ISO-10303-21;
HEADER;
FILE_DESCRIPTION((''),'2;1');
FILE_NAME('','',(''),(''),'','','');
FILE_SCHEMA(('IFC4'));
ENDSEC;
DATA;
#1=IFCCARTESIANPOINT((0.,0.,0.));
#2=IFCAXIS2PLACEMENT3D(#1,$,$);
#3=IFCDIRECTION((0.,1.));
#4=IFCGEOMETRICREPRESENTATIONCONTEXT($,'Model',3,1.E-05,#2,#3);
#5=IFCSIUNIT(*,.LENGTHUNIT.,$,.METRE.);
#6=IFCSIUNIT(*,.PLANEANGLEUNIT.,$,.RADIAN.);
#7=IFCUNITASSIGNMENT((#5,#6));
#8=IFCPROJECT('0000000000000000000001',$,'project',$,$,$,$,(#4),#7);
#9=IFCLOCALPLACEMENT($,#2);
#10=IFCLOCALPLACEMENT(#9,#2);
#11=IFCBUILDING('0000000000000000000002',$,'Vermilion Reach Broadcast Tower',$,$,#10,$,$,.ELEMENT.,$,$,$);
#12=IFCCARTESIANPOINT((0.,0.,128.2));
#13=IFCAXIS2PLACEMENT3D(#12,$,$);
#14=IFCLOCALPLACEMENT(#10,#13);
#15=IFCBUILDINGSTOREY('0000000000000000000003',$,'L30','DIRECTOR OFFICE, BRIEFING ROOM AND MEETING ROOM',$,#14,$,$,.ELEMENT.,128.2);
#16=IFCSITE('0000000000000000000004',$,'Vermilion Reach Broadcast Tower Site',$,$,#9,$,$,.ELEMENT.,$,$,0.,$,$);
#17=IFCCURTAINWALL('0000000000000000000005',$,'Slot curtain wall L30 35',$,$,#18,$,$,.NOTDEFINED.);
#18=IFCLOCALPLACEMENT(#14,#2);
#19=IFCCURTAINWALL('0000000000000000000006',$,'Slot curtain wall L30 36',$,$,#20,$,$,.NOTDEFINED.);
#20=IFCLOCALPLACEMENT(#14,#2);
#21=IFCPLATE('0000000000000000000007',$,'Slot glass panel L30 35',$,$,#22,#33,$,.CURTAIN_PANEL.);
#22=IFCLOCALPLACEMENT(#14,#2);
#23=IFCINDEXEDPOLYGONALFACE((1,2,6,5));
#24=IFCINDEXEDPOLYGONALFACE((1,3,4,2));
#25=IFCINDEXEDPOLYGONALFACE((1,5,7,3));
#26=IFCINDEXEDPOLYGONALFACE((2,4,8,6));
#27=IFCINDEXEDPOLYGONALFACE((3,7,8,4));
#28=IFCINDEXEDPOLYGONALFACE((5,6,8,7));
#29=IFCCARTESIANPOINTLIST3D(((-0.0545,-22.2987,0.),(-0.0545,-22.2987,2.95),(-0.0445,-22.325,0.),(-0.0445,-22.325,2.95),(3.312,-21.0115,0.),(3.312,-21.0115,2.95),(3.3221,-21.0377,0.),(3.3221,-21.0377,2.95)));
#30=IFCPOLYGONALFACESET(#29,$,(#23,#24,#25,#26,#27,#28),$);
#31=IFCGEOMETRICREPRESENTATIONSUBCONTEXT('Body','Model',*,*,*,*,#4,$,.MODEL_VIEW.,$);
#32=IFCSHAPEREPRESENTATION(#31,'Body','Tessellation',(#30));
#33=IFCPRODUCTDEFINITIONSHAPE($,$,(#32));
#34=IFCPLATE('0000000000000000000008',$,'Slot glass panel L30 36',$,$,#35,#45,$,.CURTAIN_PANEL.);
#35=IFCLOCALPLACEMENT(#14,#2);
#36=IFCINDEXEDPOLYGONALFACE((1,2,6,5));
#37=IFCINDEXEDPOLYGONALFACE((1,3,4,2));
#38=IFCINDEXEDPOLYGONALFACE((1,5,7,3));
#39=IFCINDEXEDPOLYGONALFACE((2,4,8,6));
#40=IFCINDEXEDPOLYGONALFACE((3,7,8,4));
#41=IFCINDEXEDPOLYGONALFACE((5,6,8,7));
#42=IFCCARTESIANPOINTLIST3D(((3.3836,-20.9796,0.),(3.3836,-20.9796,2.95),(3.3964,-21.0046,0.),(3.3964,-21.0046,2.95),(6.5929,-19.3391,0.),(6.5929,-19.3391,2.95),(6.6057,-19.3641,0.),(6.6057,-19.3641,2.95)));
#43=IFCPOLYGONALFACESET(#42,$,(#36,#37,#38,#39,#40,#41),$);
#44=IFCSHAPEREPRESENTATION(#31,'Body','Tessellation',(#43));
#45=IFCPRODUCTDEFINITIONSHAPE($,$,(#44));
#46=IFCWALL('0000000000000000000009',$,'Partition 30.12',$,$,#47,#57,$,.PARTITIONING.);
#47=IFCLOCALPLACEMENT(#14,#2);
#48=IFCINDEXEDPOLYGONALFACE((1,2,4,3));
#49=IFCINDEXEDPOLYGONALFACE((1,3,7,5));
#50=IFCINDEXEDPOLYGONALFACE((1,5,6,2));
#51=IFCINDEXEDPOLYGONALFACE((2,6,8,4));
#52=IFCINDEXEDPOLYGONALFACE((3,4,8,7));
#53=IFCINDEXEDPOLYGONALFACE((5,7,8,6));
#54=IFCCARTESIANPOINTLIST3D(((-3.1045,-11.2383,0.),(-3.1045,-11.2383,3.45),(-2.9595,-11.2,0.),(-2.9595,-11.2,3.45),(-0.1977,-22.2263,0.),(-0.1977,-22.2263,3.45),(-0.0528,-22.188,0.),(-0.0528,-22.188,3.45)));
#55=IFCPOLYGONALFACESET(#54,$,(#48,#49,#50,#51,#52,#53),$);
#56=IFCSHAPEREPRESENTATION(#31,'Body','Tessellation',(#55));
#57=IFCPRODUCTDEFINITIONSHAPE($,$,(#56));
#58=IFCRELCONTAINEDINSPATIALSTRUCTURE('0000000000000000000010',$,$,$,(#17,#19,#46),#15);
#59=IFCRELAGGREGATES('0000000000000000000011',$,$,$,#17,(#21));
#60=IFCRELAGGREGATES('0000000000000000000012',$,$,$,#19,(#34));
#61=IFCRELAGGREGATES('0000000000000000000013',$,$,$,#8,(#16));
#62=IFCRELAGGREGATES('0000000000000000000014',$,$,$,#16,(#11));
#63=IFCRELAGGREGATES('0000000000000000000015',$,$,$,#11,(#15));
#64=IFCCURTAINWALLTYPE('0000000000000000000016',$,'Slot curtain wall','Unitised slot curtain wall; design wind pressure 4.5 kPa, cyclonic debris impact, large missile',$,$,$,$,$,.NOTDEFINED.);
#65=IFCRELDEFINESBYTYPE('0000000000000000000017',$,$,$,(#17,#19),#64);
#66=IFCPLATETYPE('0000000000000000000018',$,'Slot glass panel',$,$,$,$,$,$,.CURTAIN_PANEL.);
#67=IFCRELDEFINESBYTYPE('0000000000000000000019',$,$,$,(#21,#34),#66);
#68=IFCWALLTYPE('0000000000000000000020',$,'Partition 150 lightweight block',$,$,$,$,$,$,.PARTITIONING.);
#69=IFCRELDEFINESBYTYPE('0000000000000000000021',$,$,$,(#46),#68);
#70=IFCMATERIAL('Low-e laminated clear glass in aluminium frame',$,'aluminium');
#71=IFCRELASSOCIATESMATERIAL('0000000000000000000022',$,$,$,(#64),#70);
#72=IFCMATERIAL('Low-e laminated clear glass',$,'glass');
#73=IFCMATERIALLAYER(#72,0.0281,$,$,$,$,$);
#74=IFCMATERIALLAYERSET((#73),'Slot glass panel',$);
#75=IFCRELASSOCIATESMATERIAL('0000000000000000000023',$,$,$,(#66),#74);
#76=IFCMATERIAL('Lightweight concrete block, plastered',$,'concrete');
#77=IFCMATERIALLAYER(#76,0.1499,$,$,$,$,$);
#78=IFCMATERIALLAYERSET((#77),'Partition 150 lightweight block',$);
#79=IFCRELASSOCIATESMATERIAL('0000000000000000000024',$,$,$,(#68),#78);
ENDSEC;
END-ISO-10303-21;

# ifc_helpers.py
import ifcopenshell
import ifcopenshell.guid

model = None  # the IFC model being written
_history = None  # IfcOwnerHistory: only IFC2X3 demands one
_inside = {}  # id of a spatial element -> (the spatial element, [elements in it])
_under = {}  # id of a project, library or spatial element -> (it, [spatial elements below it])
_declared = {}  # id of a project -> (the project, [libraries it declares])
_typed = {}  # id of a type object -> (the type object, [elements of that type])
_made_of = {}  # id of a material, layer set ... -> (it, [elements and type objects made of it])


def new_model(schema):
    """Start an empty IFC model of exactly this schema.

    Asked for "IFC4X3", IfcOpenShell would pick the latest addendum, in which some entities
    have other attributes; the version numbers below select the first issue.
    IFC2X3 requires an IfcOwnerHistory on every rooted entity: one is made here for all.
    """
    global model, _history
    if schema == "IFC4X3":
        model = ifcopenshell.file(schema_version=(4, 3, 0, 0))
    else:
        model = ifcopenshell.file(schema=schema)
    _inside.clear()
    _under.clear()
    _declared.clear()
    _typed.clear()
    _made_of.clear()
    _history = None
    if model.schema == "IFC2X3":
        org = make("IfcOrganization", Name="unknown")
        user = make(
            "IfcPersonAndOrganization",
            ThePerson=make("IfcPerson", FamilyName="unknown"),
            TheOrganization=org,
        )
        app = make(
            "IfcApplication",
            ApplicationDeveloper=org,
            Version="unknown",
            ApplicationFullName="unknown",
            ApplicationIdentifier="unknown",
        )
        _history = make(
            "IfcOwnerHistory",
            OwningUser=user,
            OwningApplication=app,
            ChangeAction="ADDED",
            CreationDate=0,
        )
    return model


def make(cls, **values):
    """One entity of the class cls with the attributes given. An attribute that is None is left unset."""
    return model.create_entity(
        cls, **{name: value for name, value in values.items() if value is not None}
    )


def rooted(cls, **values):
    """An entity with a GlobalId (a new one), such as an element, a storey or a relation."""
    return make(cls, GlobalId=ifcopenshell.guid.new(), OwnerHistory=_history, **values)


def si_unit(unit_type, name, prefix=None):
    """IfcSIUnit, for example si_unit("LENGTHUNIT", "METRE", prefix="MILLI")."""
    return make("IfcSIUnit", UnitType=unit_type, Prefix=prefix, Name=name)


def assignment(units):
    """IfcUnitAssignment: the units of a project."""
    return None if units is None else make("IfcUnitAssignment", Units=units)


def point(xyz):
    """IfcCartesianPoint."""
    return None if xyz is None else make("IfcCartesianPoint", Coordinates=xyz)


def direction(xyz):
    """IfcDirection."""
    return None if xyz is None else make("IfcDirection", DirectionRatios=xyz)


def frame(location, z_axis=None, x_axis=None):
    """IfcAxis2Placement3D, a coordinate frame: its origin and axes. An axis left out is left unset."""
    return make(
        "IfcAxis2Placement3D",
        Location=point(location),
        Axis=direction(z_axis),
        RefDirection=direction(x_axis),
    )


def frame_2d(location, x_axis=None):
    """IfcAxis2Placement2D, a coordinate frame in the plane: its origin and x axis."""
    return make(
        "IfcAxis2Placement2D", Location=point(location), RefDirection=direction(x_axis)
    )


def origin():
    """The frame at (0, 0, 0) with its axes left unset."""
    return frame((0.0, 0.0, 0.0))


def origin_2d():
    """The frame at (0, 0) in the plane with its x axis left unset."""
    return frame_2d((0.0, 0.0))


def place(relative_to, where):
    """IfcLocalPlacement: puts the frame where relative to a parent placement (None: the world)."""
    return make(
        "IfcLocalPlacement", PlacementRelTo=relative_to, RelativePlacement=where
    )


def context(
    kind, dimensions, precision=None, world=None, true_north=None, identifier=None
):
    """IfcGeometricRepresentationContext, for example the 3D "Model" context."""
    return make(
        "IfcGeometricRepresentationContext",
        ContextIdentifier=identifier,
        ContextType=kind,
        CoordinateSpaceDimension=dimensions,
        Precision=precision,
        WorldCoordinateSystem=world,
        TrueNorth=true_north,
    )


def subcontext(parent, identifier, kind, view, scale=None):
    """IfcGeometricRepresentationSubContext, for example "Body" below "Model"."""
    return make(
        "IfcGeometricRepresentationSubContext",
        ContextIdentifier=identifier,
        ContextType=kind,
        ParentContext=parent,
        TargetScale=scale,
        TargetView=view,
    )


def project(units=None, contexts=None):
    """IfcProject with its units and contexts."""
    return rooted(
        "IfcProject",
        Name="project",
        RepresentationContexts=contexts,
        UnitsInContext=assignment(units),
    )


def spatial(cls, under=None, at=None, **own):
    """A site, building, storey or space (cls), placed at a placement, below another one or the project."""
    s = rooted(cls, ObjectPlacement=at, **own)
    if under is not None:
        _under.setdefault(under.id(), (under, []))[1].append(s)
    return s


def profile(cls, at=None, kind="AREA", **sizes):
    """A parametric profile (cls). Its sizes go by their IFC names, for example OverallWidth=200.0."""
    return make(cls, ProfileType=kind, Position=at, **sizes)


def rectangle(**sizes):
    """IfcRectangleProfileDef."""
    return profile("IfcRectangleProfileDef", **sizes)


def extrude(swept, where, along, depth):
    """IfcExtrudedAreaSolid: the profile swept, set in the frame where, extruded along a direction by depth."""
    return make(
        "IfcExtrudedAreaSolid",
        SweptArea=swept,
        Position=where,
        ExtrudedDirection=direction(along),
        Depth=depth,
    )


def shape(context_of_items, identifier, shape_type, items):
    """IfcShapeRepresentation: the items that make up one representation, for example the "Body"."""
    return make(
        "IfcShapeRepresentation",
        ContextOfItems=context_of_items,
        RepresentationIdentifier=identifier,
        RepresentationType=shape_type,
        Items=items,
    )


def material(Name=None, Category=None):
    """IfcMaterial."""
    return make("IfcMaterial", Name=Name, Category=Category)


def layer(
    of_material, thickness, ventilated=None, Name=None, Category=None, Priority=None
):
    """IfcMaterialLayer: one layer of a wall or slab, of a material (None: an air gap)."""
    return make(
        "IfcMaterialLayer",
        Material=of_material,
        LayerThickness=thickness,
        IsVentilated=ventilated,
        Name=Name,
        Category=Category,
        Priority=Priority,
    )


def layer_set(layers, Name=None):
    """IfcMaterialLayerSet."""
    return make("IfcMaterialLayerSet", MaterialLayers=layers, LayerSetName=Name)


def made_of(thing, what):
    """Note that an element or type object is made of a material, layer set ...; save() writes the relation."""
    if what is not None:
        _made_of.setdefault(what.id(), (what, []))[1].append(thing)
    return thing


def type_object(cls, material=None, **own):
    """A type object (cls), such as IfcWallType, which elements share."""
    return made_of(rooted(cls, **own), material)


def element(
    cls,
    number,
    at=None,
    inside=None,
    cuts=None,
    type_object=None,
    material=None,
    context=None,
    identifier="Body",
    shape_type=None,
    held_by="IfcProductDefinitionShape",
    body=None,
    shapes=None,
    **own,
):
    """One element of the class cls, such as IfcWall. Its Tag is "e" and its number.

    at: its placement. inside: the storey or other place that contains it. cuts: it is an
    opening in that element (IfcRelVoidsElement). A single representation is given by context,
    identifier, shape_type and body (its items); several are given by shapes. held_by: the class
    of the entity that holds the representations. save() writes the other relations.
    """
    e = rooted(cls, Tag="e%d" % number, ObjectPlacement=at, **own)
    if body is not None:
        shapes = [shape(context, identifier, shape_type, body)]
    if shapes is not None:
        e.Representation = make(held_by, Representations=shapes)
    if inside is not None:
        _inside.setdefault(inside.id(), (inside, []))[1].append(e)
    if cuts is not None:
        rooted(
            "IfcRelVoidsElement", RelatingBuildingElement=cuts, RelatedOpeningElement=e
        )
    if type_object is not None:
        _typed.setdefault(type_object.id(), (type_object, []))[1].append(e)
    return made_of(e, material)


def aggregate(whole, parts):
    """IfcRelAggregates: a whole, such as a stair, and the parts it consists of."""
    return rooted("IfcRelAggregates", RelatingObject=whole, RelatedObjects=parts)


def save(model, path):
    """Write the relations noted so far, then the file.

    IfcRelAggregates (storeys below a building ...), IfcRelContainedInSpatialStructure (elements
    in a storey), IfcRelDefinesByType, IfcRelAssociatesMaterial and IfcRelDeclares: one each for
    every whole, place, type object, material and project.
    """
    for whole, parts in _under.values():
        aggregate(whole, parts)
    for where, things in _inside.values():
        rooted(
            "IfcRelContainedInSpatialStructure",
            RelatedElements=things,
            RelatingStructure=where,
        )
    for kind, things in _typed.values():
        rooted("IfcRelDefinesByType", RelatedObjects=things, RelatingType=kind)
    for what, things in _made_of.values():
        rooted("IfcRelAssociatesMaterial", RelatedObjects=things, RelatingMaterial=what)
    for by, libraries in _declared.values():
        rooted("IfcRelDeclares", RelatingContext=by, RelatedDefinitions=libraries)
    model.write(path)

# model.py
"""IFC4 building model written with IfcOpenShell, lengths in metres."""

from ifc_helpers import new_model, si_unit, direction, frame, frame_2d, origin, origin_2d, place, context, subcontext, project, spatial, rectangle, extrude, material, layer, layer_set, type_object, element, aggregate, save


model = new_model("IFC4")

# Units and contexts
model_context = context("Model", 3, precision=1e-05, world=origin(), true_north=direction((0.0, 1.0)))
body_context = subcontext(model_context, "Body", "Model", "MODEL_VIEW")
ifc_project = project(units=[si_unit("LENGTHUNIT", "METRE"), si_unit("PLANEANGLEUNIT", "RADIAN")], contexts=[model_context])

# Site, building, storey
site_placement = place(None, origin())
site = spatial("IfcSite", under=ifc_project, at=site_placement, Name="Vermilion Reach Broadcast Tower Site", CompositionType="ELEMENT", RefElevation=0.0)
building_placement = place(site_placement, origin())
building = spatial("IfcBuilding", under=site, at=building_placement, Name="Vermilion Reach Broadcast Tower", CompositionType="ELEMENT")
storey_placement = place(building_placement, frame((0.0, 0.0, 128.2)))
storey = spatial("IfcBuildingStorey", under=building, at=storey_placement, Name="L30", Description="DIRECTOR OFFICE, BRIEFING ROOM AND MEETING ROOM", CompositionType="ELEMENT", Elevation=128.2)

# Curtain walls
ifc_material_1 = material(Name="Low-e laminated clear glass in aluminium frame", Category="aluminium")
curtain_wall_type = type_object("IfcCurtainWallType", Name="Slot curtain wall", Description="Unitised slot curtain wall; design wind pressure 4.5 kPa, cyclonic debris impact, large missile", PredefinedType="NOTDEFINED", material=ifc_material_1)
placement = place(storey_placement, origin())
curtain_wall_1 = element("IfcCurtainWall", 1, at=placement, inside=storey, type_object=curtain_wall_type, Name="Slot curtain wall L30 35", PredefinedType="NOTDEFINED")
curtain_wall_2 = element("IfcCurtainWall", 2, at=placement, inside=storey, type_object=curtain_wall_type, Name="Slot curtain wall L30 36", PredefinedType="NOTDEFINED")

# Plates
ifc_material_2 = material(Name="Low-e laminated clear glass", Category="glass")
ifc_layer_1 = layer(ifc_material_2, 0.0281)
ifc_layer_set_1 = layer_set([ifc_layer_1], Name="Slot glass panel")
plate_type = type_object("IfcPlateType", Name="Slot glass panel", PredefinedType="CURTAIN_PANEL", material=ifc_layer_set_1)
plate_1_placement = place(storey_placement, frame((1.6338, -21.6682, 0.0), z_axis=(0.0, 0.0, 1.0), x_axis=(0.934044, 0.357157, 0.0)))
plate_1 = element("IfcPlate", 3, at=plate_1_placement, type_object=plate_type, Name="Slot glass panel L30 35", PredefinedType="CURTAIN_PANEL", context=body_context, shape_type="SweptSolid", body=[
    extrude(rectangle(XDim=3.6042, YDim=0.0281, at=origin_2d()), origin(), (0.0, 0.0, 1.0), 2.95),
])
aggregate(curtain_wall_1, [plate_1])
plate_2_placement = place(storey_placement, frame((4.9946, -20.1719, 0.0), z_axis=(0.0, 0.0, 1.0), x_axis=(0.890417, 0.455146, 0.0)))
plate_2 = element("IfcPlate", 4, at=plate_2_placement, type_object=plate_type, Name="Slot glass panel L30 36", PredefinedType="CURTAIN_PANEL", context=body_context, shape_type="SweptSolid", body=[
    extrude(rectangle(XDim=3.6042, YDim=0.0281, at=origin_2d()), origin(), (0.0, 0.0, 1.0), 2.95),
])
aggregate(curtain_wall_2, [plate_2])

# Wall
ifc_material_3 = material(Name="Lightweight concrete block, plastered", Category="concrete")
ifc_layer_2 = layer(ifc_material_3, 0.1499)
ifc_layer_set_2 = layer_set([ifc_layer_2], Name="Partition 150 lightweight block")
wall_type = type_object("IfcWallType", Name="Partition 150 lightweight block", PredefinedType="PARTITIONING", material=ifc_layer_set_2)
wall_placement = place(storey_placement, frame((-0.1252, -22.2073, 0.0), z_axis=(0.0, 0.0, 1.0), x_axis=(-0.25574, 0.966746, 0.0)))
element("IfcWall", 5, at=wall_placement, inside=storey, type_object=wall_type, Name="Partition 30.12", PredefinedType="PARTITIONING", context=body_context, shape_type="SweptSolid", body=[
    extrude(rectangle(XDim=11.366, YDim=0.1499, at=frame_2d((5.6831, 0.0))), origin(), (0.0, 0.0, 1.0), 3.45),
])

save(model, "model.ifc")
